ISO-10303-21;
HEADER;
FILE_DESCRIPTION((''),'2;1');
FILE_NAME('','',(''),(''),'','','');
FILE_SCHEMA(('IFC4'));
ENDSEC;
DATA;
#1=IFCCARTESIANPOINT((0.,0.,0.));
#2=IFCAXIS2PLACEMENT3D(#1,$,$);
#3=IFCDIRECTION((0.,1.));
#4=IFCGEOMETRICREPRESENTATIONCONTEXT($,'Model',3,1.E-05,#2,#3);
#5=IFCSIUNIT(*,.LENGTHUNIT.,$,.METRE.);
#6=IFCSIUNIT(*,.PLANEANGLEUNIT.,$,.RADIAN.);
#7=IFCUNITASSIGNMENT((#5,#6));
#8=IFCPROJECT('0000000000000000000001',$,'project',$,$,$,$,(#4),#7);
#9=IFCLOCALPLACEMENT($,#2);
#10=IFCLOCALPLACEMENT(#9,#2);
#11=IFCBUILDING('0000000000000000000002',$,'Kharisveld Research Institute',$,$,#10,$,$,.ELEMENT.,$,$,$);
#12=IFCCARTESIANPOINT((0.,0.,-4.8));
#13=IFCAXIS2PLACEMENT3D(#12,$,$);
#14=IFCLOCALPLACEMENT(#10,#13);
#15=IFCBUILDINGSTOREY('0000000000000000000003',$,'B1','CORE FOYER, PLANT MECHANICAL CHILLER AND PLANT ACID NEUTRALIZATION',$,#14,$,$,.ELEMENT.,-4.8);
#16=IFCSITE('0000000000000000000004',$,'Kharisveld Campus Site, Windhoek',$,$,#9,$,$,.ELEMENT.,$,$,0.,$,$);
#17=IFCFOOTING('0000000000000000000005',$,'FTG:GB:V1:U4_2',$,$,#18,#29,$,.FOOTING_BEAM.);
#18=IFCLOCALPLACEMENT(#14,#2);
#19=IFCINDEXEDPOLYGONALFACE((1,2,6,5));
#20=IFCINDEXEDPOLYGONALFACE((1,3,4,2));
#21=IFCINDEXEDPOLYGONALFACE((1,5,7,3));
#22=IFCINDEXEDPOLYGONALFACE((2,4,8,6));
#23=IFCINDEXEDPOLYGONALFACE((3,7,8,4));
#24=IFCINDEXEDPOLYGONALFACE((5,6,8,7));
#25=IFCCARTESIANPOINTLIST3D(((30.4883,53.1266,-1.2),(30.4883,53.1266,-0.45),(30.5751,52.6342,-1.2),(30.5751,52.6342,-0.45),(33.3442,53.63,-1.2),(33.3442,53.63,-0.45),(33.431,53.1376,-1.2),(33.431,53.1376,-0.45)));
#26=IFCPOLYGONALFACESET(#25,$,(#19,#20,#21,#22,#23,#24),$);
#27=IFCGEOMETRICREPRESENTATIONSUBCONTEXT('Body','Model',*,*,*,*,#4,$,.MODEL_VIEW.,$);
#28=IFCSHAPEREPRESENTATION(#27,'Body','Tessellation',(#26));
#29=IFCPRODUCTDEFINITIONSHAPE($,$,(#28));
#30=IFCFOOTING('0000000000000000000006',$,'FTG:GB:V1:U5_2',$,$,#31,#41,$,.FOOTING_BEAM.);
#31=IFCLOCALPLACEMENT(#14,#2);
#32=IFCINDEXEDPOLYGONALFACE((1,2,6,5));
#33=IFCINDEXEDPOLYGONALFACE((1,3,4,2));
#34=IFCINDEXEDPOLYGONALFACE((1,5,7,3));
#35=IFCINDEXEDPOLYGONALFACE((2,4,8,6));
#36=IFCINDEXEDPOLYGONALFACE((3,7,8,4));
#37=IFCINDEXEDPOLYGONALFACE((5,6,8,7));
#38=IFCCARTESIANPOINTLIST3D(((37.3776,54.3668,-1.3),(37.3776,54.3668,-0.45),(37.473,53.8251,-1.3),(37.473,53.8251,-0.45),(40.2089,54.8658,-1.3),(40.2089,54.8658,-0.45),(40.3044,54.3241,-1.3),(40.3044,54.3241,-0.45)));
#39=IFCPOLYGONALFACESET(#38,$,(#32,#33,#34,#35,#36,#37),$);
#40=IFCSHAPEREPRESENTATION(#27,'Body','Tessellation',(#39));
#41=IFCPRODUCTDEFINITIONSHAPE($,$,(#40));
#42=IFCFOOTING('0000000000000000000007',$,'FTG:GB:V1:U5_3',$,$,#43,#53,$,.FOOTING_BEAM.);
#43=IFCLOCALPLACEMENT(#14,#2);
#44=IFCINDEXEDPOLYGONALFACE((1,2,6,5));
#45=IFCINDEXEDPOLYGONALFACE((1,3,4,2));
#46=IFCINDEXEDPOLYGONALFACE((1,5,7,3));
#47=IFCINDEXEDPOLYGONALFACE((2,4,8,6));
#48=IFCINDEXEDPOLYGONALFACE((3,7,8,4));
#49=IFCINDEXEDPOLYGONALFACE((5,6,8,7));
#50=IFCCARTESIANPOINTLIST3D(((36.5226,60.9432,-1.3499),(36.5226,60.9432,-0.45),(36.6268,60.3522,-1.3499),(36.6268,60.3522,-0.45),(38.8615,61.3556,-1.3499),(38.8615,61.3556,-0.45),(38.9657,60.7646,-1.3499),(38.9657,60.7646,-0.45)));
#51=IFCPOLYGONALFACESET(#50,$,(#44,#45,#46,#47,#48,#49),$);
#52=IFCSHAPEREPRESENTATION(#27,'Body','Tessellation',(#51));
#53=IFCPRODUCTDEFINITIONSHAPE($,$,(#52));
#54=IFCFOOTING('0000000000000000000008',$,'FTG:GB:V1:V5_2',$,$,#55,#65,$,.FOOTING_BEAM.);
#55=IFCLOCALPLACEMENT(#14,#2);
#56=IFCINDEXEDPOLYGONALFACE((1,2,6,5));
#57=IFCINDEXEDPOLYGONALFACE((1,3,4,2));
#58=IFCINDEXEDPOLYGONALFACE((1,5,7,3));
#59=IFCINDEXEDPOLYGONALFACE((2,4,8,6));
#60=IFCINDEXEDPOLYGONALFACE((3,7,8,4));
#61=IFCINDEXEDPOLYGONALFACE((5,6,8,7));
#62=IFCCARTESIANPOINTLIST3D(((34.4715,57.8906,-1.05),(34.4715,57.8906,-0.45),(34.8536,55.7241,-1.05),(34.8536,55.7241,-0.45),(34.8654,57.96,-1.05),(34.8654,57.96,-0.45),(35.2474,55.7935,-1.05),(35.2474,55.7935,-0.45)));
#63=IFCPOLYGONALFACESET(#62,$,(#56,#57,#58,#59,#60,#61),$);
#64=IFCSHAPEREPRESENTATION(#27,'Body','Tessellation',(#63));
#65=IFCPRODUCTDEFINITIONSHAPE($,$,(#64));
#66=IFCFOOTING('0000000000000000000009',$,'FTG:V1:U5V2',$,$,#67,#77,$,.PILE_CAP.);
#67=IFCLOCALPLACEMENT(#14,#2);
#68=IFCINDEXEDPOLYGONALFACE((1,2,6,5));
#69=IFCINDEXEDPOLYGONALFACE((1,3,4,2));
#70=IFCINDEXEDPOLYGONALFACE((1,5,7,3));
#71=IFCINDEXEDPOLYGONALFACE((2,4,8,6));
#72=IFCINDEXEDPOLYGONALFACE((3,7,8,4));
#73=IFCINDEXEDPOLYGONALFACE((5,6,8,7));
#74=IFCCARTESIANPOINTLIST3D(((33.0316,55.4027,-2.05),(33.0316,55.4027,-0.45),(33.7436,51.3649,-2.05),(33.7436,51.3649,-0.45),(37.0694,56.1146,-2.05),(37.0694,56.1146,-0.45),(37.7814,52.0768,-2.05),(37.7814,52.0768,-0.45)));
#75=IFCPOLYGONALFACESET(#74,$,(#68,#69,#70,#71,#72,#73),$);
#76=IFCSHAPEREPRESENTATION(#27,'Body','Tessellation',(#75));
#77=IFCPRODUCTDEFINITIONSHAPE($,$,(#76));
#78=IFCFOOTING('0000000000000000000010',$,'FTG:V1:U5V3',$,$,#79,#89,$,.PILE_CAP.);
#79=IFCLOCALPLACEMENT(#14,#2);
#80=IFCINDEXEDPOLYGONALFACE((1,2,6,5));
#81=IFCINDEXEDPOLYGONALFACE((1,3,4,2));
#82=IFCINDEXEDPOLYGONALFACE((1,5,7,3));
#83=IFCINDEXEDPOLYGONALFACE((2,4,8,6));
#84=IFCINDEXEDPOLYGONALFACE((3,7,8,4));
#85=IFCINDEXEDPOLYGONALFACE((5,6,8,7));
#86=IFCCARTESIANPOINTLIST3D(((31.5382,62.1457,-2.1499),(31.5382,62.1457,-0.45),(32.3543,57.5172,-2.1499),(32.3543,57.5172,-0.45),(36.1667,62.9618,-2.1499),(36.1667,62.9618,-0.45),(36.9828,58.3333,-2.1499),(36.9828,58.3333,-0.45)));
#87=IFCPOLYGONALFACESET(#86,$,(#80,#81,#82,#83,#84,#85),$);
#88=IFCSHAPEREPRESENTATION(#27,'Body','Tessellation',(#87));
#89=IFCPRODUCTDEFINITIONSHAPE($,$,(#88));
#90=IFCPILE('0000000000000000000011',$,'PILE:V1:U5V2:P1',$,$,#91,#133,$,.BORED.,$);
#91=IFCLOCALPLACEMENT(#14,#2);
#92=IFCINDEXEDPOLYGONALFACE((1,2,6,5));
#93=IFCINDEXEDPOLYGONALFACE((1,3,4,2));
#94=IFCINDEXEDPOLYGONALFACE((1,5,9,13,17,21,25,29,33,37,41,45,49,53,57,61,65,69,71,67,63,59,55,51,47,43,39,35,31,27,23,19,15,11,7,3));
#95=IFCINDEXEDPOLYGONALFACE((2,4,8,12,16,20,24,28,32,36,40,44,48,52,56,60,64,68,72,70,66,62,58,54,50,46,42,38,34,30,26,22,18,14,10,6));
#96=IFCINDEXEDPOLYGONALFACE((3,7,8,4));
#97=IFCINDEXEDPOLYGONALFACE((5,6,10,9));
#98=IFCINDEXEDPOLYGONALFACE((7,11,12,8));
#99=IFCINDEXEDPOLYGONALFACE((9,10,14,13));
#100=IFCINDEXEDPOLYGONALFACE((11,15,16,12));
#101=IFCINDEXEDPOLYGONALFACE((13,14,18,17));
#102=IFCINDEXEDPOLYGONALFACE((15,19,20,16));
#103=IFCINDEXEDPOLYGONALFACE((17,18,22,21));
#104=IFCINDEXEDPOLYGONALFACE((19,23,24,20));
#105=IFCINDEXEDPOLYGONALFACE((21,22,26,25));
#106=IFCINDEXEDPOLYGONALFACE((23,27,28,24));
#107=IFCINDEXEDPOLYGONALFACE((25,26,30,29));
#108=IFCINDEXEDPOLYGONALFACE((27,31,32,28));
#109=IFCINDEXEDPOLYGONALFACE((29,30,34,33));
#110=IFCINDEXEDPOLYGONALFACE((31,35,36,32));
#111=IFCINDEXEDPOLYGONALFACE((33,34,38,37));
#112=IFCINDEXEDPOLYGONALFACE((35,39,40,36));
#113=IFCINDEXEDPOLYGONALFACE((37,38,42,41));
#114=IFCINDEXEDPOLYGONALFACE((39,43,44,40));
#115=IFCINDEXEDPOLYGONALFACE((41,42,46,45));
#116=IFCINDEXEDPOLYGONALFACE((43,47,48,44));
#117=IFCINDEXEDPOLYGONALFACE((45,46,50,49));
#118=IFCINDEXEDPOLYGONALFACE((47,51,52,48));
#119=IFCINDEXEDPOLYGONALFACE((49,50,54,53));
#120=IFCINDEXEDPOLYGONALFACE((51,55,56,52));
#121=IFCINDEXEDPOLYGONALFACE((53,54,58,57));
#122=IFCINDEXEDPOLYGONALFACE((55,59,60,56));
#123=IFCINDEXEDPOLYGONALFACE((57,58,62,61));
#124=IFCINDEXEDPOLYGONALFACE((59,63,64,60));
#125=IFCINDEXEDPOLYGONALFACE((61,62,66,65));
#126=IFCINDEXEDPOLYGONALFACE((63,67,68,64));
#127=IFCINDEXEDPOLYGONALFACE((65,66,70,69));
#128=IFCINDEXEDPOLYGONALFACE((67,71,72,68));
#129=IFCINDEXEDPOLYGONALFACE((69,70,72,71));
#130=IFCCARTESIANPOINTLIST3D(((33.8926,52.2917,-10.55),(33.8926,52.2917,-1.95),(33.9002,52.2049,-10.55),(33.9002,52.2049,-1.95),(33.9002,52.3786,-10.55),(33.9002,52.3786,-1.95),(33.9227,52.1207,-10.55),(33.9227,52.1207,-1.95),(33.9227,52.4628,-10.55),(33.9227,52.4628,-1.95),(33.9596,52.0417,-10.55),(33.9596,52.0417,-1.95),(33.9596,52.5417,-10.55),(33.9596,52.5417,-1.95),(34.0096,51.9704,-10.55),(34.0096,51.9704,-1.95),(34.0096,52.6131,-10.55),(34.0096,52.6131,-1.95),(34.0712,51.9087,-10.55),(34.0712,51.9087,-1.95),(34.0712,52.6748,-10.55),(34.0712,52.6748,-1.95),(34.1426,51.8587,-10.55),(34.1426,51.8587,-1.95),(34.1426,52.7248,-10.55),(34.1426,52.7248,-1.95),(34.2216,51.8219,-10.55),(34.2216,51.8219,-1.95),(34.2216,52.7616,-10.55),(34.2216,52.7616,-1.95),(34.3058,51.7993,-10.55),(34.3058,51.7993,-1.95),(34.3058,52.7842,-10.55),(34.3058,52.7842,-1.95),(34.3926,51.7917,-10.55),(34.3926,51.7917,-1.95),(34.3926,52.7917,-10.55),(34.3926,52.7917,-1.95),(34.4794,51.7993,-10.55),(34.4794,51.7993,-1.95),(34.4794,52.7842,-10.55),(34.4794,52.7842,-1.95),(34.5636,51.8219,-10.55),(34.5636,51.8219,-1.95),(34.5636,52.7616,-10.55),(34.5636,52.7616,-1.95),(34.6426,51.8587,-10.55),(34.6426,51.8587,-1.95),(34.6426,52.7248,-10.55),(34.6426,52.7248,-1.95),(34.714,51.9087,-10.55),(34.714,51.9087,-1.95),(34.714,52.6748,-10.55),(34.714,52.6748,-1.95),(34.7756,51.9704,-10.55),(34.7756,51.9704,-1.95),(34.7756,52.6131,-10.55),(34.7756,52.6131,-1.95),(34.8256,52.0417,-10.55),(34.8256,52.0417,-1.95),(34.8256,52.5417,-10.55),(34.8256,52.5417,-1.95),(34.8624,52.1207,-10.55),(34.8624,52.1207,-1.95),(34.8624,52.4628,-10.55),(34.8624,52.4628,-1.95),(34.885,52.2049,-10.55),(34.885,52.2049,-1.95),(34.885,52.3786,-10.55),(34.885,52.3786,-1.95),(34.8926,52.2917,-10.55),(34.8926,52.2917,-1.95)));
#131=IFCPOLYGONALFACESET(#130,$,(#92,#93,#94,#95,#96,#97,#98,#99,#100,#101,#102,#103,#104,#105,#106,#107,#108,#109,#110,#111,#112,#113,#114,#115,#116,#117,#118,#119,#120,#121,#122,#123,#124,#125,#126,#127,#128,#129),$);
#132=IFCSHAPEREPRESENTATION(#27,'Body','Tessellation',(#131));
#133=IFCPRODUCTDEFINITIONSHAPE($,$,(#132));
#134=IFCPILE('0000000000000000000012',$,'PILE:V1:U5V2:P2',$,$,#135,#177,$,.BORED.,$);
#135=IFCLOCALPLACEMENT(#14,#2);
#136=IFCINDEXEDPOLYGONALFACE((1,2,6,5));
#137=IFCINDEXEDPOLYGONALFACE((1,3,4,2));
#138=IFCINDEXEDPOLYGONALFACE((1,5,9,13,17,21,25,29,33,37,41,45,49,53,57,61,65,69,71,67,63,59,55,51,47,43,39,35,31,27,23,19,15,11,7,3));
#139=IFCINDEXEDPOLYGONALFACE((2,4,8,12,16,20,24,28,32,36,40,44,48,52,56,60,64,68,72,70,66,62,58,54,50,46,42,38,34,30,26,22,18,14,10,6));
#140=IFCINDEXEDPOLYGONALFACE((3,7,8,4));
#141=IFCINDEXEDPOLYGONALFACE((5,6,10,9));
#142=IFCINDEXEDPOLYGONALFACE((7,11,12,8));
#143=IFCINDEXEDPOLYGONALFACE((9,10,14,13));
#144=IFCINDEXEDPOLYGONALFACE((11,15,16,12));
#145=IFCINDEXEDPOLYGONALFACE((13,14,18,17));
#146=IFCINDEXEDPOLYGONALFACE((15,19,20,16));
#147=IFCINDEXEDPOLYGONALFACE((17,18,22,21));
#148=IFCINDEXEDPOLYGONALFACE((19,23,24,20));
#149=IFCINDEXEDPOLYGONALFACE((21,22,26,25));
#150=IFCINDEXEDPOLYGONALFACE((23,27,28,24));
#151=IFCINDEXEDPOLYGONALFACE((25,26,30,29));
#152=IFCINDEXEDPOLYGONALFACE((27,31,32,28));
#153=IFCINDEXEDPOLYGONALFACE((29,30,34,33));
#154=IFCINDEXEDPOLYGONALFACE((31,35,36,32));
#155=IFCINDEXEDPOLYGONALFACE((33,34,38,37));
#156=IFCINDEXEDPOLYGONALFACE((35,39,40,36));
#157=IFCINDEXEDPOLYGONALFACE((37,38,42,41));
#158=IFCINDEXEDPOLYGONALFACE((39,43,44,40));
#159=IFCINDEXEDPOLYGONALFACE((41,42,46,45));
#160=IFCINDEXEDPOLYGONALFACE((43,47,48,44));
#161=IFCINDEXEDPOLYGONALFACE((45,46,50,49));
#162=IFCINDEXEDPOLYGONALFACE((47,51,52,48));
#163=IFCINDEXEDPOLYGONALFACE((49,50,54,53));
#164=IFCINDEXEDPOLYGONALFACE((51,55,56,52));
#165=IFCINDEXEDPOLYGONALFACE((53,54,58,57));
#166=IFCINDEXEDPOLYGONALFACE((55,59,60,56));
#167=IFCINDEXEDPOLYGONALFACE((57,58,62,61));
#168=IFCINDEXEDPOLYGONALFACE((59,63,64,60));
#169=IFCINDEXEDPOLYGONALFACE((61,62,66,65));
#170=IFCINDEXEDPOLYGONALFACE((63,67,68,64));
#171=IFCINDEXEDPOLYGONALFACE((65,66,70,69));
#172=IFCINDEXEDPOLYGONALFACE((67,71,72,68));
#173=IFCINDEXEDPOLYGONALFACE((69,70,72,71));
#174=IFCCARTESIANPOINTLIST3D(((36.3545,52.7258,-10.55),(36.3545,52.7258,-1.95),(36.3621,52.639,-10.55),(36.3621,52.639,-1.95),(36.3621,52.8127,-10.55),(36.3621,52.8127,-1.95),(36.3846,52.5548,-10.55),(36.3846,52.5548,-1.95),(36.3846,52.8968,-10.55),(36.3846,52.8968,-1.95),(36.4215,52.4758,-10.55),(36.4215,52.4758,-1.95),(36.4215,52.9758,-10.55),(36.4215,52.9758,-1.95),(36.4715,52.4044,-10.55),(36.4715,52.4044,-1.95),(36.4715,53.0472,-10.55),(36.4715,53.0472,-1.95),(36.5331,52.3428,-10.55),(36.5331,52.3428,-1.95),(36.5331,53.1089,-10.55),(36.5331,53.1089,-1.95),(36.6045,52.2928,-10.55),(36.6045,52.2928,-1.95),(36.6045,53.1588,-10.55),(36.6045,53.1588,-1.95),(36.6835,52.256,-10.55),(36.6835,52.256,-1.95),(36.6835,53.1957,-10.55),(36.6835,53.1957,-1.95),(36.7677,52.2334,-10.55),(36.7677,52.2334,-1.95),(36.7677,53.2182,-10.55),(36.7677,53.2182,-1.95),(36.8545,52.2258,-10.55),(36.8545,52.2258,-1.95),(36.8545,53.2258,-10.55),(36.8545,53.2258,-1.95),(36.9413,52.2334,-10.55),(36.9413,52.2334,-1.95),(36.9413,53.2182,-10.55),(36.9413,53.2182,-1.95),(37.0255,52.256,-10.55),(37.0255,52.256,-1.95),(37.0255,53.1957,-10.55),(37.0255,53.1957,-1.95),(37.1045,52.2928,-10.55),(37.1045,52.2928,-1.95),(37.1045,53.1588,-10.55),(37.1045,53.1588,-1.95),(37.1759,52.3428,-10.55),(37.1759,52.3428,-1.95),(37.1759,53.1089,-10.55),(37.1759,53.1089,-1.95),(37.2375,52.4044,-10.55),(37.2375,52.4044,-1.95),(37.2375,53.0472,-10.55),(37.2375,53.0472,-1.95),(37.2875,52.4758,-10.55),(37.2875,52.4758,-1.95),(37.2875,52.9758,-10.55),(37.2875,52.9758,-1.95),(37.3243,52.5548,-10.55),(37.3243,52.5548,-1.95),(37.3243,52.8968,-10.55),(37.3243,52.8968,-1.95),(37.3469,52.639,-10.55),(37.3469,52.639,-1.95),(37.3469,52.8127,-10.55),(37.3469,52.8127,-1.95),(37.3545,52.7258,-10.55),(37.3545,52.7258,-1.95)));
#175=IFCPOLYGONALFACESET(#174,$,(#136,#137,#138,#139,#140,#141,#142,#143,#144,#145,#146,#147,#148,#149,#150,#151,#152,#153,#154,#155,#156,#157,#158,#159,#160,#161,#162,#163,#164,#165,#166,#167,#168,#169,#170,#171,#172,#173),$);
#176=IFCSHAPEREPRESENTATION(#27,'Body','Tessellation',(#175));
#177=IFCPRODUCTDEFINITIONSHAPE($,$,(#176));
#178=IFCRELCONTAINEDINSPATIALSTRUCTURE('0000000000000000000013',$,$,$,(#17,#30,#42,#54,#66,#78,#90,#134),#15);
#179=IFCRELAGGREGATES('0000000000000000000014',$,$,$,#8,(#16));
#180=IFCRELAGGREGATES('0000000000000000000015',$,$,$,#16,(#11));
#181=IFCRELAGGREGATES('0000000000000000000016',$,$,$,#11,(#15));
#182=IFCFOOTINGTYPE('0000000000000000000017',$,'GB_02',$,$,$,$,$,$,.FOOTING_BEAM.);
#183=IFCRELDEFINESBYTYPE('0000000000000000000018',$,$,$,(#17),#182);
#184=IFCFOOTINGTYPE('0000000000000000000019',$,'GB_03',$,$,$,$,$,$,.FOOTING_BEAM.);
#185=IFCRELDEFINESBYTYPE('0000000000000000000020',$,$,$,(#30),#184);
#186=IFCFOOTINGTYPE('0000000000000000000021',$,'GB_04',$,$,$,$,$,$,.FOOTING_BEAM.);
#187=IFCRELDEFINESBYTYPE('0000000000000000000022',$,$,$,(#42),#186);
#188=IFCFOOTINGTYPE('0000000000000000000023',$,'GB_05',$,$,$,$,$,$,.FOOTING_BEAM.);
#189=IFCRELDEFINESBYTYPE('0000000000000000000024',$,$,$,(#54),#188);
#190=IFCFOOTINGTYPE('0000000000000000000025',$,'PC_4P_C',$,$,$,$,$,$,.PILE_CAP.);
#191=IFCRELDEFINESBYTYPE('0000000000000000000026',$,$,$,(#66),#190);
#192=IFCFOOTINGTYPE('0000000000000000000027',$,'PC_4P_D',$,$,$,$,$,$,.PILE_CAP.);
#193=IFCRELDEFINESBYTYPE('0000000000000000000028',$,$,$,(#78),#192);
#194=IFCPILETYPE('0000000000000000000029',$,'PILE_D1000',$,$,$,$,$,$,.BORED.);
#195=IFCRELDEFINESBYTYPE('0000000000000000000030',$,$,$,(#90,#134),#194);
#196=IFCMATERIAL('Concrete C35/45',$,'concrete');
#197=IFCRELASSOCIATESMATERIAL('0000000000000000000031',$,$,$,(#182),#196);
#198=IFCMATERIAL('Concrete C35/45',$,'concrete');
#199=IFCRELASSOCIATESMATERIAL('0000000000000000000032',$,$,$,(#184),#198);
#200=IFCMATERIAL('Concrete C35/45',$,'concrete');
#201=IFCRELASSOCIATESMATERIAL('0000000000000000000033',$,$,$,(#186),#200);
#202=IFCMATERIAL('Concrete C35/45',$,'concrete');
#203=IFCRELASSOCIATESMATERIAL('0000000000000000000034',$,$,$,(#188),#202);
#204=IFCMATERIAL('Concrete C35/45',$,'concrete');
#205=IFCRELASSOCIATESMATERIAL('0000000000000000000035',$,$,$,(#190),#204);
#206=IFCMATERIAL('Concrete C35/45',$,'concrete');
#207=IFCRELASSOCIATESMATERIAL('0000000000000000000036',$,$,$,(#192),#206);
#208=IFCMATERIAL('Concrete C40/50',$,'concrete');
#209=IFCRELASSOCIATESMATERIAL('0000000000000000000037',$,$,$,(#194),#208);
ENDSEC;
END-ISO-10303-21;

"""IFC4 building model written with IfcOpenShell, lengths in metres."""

from ifc_helpers import new_model, si_unit, direction, frame, origin, origin_2d, place, context, subcontext, project, spatial, rectangle, circle, extrude, material, material_profile, profile_set, type_object, element, save


model = new_model("IFC4")

# Units and contexts
model_context = context("Model", 3, precision=1e-05, world=origin(), true_north=direction((0.0, 1.0)))
body_context = subcontext(model_context, "Body", "Model", "MODEL_VIEW")
ifc_project = project(units=[si_unit("LENGTHUNIT", "METRE"), si_unit("PLANEANGLEUNIT", "RADIAN")], contexts=[model_context])

# Site, building, storey
site_placement = place(None, origin())
site = spatial("IfcSite", under=ifc_project, at=site_placement, Name="Kharisveld Campus Site, Windhoek", CompositionType="ELEMENT", RefElevation=0.0)
building_placement = place(site_placement, origin())
building = spatial("IfcBuilding", under=site, at=building_placement, Name="Kharisveld Research Institute", CompositionType="ELEMENT")
storey_placement = place(building_placement, frame((0.0, 0.0, -4.8)))
storey = spatial("IfcBuildingStorey", under=building, at=storey_placement, Name="B1", Description="CORE FOYER, PLANT MECHANICAL CHILLER AND PLANT ACID NEUTRALIZATION", CompositionType="ELEMENT", Elevation=-4.8)

# Footings
ifc_material_1 = material(Name="Concrete C35/45", Category="concrete")
ifc_material_profile_1 = material_profile(ifc_material_1, rectangle(XDim=0.5, YDim=0.75, at=origin_2d()))
ifc_profile_set_1 = profile_set([ifc_material_profile_1], Name="Concrete C35/45")
footing_type_1 = type_object("IfcFootingType", Name="GB_02", PredefinedType="FOOTING_BEAM", material=ifc_profile_set_1)
footing_1_placement = place(storey_placement, frame((30.5317, 52.8804, -0.825), z_axis=(0.984817, 0.173593, 0.0), x_axis=(-0.173593, 0.984817, 0.0)))
element("IfcFooting", 1, at=footing_1_placement, inside=storey, type_object=footing_type_1, Name="FTG:GB:V1:U4_2", PredefinedType="FOOTING_BEAM", context=body_context, shape_type="SweptSolid", body=[
    extrude(rectangle(XDim=0.5, YDim=0.75, at=origin_2d()), origin(), (0.0, 0.0, 1.0), 2.8999),
])
ifc_material_2 = material(Name="Concrete C35/45", Category="concrete")
ifc_material_profile_2 = material_profile(ifc_material_2, rectangle(XDim=0.55, YDim=0.8501, at=origin_2d()))
ifc_profile_set_2 = profile_set([ifc_material_profile_2], Name="Concrete C35/45")
footing_type_2 = type_object("IfcFootingType", Name="GB_03", PredefinedType="FOOTING_BEAM", material=ifc_profile_set_2)
footing_2_placement = place(storey_placement, frame((37.4253, 54.0959, -0.875), z_axis=(0.98482, 0.173577, 0.0), x_axis=(-0.173577, 0.98482, 0.0)))
element("IfcFooting", 2, at=footing_2_placement, inside=storey, type_object=footing_type_2, Name="FTG:GB:V1:U5_2", PredefinedType="FOOTING_BEAM", context=body_context, shape_type="SweptSolid", body=[
    extrude(rectangle(XDim=0.55, YDim=0.8501, at=origin_2d()), origin(), (0.0, 0.0, 1.0), 2.875),
])
ifc_material_3 = material(Name="Concrete C35/45", Category="concrete")
ifc_material_profile_3 = material_profile(ifc_material_3, rectangle(XDim=0.6001, YDim=0.8999, at=origin_2d()))
ifc_profile_set_3 = profile_set([ifc_material_profile_3], Name="Concrete C35/45")
footing_type_3 = type_object("IfcFootingType", Name="GB_04", PredefinedType="FOOTING_BEAM", material=ifc_profile_set_3)
footing_3_placement = place(storey_placement, frame((36.5747, 60.6477, -0.8999), z_axis=(0.984811, 0.173627, 0.0), x_axis=(-0.173627, 0.984811, 0.0)))
element("IfcFooting", 3, at=footing_3_placement, inside=storey, type_object=footing_type_3, Name="FTG:GB:V1:U5_3", PredefinedType="FOOTING_BEAM", context=body_context, shape_type="SweptSolid", body=[
    extrude(rectangle(XDim=0.6001, YDim=0.8999, at=origin_2d()), origin(), (0.0, 0.0, 1.0), 2.375),
])
ifc_material_4 = material(Name="Concrete C35/45", Category="concrete")
ifc_material_profile_4 = material_profile(ifc_material_4, rectangle(XDim=0.3999, YDim=0.6001, at=origin_2d()))
ifc_profile_set_4 = profile_set([ifc_material_profile_4], Name="Concrete C35/45")
footing_type_4 = type_object("IfcFootingType", Name="GB_05", PredefinedType="FOOTING_BEAM", material=ifc_profile_set_4)
footing_4_placement = place(storey_placement, frame((35.0505, 55.7588, -0.75), z_axis=(-0.173678, 0.984803, 0.0), x_axis=(-0.984803, -0.173678, 0.0)))
element("IfcFooting", 4, at=footing_4_placement, inside=storey, type_object=footing_type_4, Name="FTG:GB:V1:V5_2", PredefinedType="FOOTING_BEAM", context=body_context, shape_type="SweptSolid", body=[
    extrude(rectangle(XDim=0.3999, YDim=0.6001, at=origin_2d()), origin(), (0.0, 0.0, 1.0), 2.2),
])
ifc_material_5 = material(Name="Concrete C35/45", Category="concrete")
footing_type_5 = type_object("IfcFootingType", Name="PC_4P_C", PredefinedType="PILE_CAP", material=ifc_material_5)
footing_5_placement = place(storey_placement, frame((35.4065, 53.7397, -2.05), z_axis=(0.0, 0.0, 1.0), x_axis=(0.984808, 0.173648, 0.0)))
element("IfcFooting", 5, at=footing_5_placement, inside=storey, type_object=footing_type_5, Name="FTG:V1:U5V2", PredefinedType="PILE_CAP", context=body_context, shape_type="SweptSolid", body=[
    extrude(rectangle(XDim=4.1001, YDim=4.1001, at=origin_2d()), origin(), (0.0, 0.0, 1.0), 1.6001),
])
ifc_material_6 = material(Name="Concrete C35/45", Category="concrete")
footing_type_6 = type_object("IfcFootingType", Name="PC_4P_D", PredefinedType="PILE_CAP", material=ifc_material_6)
footing_6_placement = place(storey_placement, frame((34.2605, 60.2395, -2.1499), z_axis=(0.0, 0.0, 1.0), x_axis=(0.984808, 0.173648, 0.0)))
element("IfcFooting", 6, at=footing_6_placement, inside=storey, type_object=footing_type_6, Name="FTG:V1:U5V3", PredefinedType="PILE_CAP", context=body_context, shape_type="SweptSolid", body=[
    extrude(rectangle(XDim=4.7, YDim=4.7, at=origin_2d()), origin(), (0.0, 0.0, 1.0), 1.7),
])

# Piles
ifc_material_7 = material(Name="Concrete C40/50", Category="concrete")
ifc_material_profile_5 = material_profile(ifc_material_7, circle(Radius=0.5, at=origin_2d()))
ifc_profile_set_5 = profile_set([ifc_material_profile_5], Name="Concrete C40/50")
pile_type_1 = type_object("IfcPileType", Name="PILE_D1000", PredefinedType="BORED", material=ifc_profile_set_5)
for number, where, z_axis, x_axis, name in (
    (7, (34.3926, 52.2917, -1.95), (0.0, 0.0, -1.0), (1.0, 0.0, 0.0), "PILE:V1:U5V2:P1"),
    (8, (36.8545, 52.7258, -1.95), (0.0, 0.0, -1.0), (1.0, 0.0, 0.0), "PILE:V1:U5V2:P2"),
):
    element("IfcPile", number, at=place(storey_placement, frame(where, z_axis=z_axis, x_axis=x_axis)), inside=storey, type_object=pile_type_1, Name=name, PredefinedType="BORED", context=body_context, shape_type="SweptSolid", body=[
        extrude(circle(Radius=0.5, at=origin_2d()), origin(), (0.0, 0.0, 1.0), 8.6001),
    ])

save(model, "model.ifc")
